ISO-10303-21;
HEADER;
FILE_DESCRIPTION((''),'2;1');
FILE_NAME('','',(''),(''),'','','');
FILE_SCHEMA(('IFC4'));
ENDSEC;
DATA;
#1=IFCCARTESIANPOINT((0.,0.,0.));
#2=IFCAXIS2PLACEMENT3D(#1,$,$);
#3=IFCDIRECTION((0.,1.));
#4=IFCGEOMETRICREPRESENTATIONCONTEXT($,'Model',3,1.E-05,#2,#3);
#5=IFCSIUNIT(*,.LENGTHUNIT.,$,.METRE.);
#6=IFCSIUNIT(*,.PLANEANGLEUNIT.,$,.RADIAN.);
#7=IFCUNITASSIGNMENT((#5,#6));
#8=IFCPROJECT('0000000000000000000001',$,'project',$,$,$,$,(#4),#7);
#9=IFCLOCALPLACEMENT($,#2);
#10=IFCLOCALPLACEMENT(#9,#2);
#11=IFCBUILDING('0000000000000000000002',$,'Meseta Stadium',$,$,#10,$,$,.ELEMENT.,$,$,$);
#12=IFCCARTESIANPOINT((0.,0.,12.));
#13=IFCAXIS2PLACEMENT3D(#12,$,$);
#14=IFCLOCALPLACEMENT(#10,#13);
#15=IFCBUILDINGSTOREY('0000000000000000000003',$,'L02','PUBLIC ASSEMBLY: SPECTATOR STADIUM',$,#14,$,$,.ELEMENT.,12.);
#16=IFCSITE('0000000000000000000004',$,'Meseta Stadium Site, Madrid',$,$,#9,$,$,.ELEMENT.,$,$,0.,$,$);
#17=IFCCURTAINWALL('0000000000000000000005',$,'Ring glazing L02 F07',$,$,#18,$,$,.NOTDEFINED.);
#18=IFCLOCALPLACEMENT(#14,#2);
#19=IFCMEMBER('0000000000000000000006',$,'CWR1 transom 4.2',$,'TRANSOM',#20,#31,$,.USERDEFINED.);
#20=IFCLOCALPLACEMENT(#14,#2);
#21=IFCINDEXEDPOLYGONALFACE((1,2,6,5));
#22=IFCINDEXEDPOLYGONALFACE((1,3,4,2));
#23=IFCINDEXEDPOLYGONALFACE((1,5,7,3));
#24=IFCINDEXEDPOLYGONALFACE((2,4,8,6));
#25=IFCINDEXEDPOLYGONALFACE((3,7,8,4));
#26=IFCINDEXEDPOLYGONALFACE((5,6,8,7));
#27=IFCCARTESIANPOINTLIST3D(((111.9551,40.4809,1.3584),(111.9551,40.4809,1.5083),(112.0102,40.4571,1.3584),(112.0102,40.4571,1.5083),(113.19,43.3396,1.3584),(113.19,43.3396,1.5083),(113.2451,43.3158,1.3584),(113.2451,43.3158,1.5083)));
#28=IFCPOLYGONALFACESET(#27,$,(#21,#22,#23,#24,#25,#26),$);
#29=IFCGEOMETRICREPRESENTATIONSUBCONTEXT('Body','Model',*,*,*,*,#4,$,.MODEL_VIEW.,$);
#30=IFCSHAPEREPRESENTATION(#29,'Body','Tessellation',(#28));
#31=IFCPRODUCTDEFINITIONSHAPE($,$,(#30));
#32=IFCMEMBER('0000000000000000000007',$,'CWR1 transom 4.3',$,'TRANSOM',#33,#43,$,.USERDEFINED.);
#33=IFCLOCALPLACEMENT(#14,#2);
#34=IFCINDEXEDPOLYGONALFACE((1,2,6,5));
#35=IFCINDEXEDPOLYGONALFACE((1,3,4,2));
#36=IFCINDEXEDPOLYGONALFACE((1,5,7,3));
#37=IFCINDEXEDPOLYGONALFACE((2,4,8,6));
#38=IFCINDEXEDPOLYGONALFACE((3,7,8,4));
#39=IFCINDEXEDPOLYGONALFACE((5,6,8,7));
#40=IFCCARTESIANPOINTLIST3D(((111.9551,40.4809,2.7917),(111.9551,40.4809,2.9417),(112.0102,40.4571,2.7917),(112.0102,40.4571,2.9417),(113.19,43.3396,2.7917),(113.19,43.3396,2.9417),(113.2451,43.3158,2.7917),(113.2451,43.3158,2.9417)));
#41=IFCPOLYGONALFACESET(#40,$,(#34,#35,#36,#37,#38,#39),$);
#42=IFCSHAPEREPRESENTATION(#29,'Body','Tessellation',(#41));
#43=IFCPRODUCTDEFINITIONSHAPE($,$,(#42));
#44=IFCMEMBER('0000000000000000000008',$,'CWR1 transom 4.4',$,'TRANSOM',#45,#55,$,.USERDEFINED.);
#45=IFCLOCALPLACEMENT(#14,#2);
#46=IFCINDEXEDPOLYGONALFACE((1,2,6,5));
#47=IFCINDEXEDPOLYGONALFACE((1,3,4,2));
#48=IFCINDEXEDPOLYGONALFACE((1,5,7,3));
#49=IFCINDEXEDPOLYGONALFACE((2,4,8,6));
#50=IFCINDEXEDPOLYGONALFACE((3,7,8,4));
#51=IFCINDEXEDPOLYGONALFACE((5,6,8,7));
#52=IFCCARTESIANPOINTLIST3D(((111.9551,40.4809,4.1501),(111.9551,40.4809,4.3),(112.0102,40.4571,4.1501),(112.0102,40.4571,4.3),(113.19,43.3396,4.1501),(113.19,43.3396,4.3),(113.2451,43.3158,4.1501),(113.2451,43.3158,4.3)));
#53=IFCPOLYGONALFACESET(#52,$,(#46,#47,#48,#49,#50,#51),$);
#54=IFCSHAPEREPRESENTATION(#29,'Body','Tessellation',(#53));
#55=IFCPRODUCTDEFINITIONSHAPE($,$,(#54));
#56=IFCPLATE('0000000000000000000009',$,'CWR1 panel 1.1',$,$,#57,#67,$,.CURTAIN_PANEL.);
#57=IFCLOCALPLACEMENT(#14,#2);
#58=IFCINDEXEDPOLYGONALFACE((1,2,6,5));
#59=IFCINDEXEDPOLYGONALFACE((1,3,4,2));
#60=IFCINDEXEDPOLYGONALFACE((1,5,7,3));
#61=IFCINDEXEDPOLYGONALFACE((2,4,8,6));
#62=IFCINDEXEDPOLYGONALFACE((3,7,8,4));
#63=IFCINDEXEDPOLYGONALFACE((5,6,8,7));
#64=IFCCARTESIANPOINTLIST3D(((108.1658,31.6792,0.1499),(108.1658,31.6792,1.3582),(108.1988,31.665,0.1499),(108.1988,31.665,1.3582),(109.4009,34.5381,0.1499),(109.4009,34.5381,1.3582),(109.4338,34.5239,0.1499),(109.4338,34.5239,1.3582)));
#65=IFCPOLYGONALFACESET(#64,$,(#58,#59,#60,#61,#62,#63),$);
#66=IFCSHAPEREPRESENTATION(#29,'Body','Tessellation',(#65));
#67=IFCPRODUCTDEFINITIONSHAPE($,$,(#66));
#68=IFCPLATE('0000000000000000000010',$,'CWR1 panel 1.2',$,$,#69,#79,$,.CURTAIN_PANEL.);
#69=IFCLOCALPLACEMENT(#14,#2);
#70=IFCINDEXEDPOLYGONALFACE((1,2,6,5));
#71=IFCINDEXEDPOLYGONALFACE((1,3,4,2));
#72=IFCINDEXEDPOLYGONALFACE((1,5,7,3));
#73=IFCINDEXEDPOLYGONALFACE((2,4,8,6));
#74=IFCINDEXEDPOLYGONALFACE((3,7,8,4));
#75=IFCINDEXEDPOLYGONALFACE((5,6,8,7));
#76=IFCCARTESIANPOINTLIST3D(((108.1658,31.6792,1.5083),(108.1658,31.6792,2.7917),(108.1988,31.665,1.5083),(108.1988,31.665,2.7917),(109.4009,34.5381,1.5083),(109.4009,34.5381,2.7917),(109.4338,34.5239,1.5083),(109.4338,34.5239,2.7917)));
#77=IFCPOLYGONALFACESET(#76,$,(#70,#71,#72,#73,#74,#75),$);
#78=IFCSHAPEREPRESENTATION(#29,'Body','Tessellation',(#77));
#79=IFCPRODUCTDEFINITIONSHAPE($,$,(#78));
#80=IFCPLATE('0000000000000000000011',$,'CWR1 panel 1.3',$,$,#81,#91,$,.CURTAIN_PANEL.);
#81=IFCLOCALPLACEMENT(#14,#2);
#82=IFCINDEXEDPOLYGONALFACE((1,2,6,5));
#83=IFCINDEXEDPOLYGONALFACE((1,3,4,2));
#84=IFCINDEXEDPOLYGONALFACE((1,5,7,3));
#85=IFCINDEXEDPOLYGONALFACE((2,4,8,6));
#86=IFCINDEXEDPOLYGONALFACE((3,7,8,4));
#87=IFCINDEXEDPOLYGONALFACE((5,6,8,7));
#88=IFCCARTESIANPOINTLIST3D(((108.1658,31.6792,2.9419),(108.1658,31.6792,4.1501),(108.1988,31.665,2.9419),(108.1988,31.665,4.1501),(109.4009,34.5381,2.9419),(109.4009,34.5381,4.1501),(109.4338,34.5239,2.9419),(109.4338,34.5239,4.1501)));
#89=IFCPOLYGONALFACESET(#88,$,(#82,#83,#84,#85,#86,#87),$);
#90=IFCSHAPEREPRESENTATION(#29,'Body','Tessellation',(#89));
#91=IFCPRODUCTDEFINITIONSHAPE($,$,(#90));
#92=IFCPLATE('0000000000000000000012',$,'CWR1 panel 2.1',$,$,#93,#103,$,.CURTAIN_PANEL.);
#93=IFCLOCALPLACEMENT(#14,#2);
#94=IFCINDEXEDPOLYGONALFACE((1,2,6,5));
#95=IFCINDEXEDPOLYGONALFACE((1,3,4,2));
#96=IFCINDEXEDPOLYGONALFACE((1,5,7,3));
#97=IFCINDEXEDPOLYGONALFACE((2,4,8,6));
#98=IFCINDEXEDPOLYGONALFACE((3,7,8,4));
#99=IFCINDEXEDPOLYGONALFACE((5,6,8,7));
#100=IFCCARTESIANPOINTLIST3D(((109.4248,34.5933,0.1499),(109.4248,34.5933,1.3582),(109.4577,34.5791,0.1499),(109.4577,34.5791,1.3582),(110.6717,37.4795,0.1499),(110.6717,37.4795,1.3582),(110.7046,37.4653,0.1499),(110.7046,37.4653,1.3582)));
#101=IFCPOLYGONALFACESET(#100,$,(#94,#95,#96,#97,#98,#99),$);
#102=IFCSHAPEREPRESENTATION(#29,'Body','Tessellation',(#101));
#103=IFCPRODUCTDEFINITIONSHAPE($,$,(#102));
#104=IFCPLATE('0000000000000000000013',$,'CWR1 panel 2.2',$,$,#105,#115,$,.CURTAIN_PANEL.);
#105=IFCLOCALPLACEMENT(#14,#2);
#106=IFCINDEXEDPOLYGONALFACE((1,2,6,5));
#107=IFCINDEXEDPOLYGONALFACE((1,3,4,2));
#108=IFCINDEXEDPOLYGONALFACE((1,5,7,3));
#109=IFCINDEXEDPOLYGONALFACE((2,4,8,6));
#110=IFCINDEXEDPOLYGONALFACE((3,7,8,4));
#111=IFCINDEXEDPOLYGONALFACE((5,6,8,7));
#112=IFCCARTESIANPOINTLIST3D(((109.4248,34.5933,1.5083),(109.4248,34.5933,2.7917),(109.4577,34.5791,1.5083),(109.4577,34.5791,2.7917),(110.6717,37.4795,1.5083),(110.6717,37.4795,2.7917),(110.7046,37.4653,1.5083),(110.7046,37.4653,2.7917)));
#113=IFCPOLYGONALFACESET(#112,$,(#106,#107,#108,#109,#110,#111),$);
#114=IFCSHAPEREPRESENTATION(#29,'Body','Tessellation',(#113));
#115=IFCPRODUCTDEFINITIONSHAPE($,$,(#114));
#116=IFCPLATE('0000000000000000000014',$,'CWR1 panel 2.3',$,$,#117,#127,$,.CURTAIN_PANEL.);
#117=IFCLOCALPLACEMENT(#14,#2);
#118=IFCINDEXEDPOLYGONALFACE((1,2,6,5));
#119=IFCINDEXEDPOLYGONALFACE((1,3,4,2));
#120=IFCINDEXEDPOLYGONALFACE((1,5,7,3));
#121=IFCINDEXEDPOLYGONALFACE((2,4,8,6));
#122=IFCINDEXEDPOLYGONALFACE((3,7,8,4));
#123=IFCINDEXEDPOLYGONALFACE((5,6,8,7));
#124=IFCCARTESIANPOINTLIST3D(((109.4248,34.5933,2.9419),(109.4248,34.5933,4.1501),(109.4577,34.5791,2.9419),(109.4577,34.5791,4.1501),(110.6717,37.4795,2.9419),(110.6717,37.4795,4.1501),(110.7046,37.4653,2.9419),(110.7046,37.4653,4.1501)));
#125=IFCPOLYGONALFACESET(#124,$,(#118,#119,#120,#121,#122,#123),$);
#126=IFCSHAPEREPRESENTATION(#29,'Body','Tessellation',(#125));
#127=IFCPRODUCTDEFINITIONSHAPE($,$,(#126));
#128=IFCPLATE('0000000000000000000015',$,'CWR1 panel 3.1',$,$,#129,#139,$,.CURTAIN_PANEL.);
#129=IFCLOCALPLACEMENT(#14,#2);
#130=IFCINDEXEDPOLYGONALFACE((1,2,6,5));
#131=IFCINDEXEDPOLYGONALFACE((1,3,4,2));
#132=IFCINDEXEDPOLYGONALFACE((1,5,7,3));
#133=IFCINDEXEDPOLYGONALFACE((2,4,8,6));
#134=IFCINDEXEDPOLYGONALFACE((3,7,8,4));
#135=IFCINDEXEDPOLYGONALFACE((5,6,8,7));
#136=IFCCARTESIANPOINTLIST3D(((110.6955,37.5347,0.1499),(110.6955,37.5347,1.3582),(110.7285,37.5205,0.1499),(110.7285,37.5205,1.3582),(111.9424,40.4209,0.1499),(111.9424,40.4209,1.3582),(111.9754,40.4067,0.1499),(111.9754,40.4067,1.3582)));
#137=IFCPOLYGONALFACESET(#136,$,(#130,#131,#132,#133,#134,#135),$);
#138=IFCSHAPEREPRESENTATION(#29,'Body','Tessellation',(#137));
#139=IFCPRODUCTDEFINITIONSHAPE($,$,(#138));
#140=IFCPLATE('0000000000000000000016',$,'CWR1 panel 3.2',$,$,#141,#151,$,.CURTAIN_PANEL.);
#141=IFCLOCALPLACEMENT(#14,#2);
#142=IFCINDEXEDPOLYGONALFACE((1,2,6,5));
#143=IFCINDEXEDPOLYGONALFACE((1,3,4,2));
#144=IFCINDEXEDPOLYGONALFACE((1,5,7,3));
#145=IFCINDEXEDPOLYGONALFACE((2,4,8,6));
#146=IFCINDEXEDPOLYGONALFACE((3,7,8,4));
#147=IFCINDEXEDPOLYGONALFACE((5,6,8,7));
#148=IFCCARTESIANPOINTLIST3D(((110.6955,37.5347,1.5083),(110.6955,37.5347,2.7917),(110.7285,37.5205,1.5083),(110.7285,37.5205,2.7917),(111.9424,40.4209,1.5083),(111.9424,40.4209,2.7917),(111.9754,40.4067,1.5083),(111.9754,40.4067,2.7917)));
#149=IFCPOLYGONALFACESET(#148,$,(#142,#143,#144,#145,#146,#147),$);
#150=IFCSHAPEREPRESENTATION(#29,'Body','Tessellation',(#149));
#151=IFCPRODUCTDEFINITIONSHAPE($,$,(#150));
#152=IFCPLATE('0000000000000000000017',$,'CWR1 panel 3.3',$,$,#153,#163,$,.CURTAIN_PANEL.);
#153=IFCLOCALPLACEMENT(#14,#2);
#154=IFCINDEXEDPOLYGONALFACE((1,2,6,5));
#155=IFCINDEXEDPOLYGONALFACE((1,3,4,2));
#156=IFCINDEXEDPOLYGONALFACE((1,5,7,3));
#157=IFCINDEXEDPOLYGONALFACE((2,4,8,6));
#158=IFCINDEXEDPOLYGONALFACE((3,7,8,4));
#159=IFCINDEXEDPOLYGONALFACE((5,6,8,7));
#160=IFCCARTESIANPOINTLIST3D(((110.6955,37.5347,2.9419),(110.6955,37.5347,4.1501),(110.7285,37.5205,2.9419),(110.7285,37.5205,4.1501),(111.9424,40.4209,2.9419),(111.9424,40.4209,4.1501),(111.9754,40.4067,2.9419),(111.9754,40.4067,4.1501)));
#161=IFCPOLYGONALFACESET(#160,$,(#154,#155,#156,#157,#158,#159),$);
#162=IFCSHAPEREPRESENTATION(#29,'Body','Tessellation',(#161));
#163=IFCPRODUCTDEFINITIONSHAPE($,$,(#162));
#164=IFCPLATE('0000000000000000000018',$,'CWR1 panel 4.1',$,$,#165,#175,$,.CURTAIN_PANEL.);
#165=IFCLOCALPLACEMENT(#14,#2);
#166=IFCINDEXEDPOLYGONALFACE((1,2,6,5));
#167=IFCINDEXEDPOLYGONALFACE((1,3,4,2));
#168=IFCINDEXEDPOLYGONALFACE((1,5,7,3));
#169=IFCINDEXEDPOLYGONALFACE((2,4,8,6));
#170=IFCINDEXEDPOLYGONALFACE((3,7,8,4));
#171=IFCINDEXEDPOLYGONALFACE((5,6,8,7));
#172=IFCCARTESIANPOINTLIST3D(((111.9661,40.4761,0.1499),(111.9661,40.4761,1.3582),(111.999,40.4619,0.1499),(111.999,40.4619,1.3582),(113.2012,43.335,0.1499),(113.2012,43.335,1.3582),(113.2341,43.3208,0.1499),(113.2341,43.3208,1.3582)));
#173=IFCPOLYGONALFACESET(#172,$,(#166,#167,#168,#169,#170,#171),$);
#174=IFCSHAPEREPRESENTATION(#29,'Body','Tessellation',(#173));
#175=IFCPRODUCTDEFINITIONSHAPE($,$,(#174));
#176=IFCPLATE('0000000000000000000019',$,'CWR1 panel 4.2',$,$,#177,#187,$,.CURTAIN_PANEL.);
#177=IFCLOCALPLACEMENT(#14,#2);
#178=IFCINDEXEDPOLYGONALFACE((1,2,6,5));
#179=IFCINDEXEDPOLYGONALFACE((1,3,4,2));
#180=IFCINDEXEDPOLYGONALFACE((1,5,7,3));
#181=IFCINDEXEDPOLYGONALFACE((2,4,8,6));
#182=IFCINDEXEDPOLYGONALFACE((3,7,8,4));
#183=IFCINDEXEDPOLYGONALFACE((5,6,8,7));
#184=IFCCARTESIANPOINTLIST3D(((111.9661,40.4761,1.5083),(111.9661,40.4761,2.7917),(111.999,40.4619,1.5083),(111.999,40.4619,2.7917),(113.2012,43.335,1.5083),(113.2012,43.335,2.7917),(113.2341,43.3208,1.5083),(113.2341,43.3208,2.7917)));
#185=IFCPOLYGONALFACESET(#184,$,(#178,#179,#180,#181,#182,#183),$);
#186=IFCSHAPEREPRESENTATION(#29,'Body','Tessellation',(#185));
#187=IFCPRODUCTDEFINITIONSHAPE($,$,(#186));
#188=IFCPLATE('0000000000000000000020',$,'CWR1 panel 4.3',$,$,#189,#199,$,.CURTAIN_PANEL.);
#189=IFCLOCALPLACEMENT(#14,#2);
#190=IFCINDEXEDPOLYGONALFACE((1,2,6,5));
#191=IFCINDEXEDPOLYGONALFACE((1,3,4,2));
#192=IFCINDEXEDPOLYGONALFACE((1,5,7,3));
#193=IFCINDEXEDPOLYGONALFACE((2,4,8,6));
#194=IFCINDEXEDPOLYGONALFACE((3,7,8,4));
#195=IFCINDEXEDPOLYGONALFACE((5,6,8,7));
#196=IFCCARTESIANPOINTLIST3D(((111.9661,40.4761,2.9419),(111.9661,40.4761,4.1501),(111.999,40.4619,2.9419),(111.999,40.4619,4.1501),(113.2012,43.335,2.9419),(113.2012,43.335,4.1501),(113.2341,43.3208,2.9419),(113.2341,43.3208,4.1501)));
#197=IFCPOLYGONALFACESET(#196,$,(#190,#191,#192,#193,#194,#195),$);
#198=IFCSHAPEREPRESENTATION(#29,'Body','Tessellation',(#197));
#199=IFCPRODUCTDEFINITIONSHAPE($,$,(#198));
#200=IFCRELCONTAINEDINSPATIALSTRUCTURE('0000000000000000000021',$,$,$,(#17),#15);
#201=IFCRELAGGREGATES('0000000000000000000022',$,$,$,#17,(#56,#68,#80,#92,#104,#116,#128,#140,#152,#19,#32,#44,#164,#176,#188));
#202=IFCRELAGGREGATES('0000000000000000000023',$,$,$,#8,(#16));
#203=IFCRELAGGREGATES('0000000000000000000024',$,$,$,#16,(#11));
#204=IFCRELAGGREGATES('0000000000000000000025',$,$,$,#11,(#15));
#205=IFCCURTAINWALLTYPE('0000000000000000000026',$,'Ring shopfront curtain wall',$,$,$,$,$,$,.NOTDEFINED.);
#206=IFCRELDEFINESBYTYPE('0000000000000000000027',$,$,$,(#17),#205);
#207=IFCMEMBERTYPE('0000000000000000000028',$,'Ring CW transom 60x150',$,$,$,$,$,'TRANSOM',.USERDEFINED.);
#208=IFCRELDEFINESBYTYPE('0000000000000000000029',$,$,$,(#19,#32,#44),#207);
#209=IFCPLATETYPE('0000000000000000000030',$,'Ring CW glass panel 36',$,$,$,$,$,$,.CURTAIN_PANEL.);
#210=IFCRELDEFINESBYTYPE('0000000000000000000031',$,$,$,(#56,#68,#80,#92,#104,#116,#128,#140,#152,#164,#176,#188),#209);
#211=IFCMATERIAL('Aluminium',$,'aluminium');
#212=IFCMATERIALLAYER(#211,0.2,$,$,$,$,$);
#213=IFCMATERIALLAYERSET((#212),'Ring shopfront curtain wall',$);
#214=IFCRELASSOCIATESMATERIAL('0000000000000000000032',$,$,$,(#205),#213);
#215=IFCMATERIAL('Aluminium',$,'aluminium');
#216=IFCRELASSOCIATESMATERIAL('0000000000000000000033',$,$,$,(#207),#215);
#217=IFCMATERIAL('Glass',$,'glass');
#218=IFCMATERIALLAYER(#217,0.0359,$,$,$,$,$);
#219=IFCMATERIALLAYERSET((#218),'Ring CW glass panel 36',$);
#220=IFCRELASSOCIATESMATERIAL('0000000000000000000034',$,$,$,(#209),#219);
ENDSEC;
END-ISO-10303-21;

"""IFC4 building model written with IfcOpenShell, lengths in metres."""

from ifc_helpers import new_model, si_unit, direction, frame, origin, origin_2d, place, context, subcontext, project, spatial, rectangle, extrude, material, layer, layer_set, material_profile, profile_set, type_object, element, aggregate, save


model = new_model("IFC4")

# Units and contexts
model_context = context("Model", 3, precision=1e-05, world=origin(), true_north=direction((0.0, 1.0)))
body_context = subcontext(model_context, "Body", "Model", "MODEL_VIEW")
ifc_project = project(units=[si_unit("LENGTHUNIT", "METRE"), si_unit("PLANEANGLEUNIT", "RADIAN")], contexts=[model_context])

# Site, building, storey
site_placement = place(None, origin())
site = spatial("IfcSite", under=ifc_project, at=site_placement, Name="Meseta Stadium Site, Madrid", CompositionType="ELEMENT", RefElevation=0.0)
building_placement = place(site_placement, origin())
building = spatial("IfcBuilding", under=site, at=building_placement, Name="Meseta Stadium", CompositionType="ELEMENT")
storey_placement = place(building_placement, frame((0.0, 0.0, 12.0)))
storey = spatial("IfcBuildingStorey", under=building, at=storey_placement, Name="L02", Description="PUBLIC ASSEMBLY: SPECTATOR STADIUM", CompositionType="ELEMENT", Elevation=12.0)

# Curtain wall, members, plates
ifc_material_1 = material(Name="Aluminium", Category="aluminium")
ifc_layer_1 = layer(ifc_material_1, 0.2)
ifc_layer_set_1 = layer_set([ifc_layer_1], Name="Ring shopfront curtain wall")
curtain_wall_type = type_object("IfcCurtainWallType", Name="Ring shopfront curtain wall", PredefinedType="NOTDEFINED", material=ifc_layer_set_1)
curtain_wall_placement = place(storey_placement, origin())
curtain_wall = element("IfcCurtainWall", 1, at=curtain_wall_placement, inside=storey, type_object=curtain_wall_type, Name="Ring glazing L02 F07", PredefinedType="NOTDEFINED")
ifc_material_2 = material(Name="Aluminium", Category="aluminium")
ifc_material_profile_1 = material_profile(ifc_material_2, rectangle(XDim=0.0601, YDim=0.1499, at=origin_2d()), Name="CW 60x150")
ifc_profile_set_1 = profile_set([ifc_material_profile_1], Name="Aluminium")
member_type_1 = type_object("IfcMemberType", Name="Ring CW transom 60x150", ElementType="TRANSOM", PredefinedType="USERDEFINED", material=ifc_profile_set_1)
member_1_placement = place(storey_placement, frame((111.9827, 40.469, 1.4333), z_axis=(0.396558, 0.91801, 0.0), x_axis=(-0.91801, 0.396558, 0.0)))
member_1 = element("IfcMember", 2, at=member_1_placement, type_object=member_type_1, Name="CWR1 transom 4.2", ObjectType="TRANSOM", PredefinedType="USERDEFINED", context=body_context, shape_type="SweptSolid", body=[
    extrude(rectangle(XDim=0.0601, YDim=0.1499, at=origin_2d()), origin(), (0.0, 0.0, 1.0), 3.114),
])
member_2_placement = place(storey_placement, frame((111.9827, 40.469, 2.8667), z_axis=(0.396558, 0.91801, 0.0), x_axis=(-0.91801, 0.396558, 0.0)))
member_2 = element("IfcMember", 3, at=member_2_placement, type_object=member_type_1, Name="CWR1 transom 4.3", ObjectType="TRANSOM", PredefinedType="USERDEFINED", context=body_context, shape_type="SweptSolid", body=[
    extrude(rectangle(XDim=0.0601, YDim=0.1499, at=origin_2d()), origin(), (0.0, 0.0, 1.0), 3.114),
])
member_3_placement = place(storey_placement, frame((111.9827, 40.469, 4.2251), z_axis=(0.396558, 0.91801, 0.0), x_axis=(-0.91801, 0.396558, 0.0)))
member_3 = element("IfcMember", 4, at=member_3_placement, type_object=member_type_1, Name="CWR1 transom 4.4", ObjectType="TRANSOM", PredefinedType="USERDEFINED", context=body_context, shape_type="SweptSolid", body=[
    extrude(rectangle(XDim=0.0601, YDim=0.1499, at=origin_2d()), origin(), (0.0, 0.0, 1.0), 3.114),
])
ifc_material_3 = material(Name="Glass", Category="glass")
ifc_layer_2 = layer(ifc_material_3, 0.0359)
ifc_layer_set_2 = layer_set([ifc_layer_2], Name="Ring CW glass panel 36")
plate_type_1 = type_object("IfcPlateType", Name="Ring CW glass panel 36", PredefinedType="CURTAIN_PANEL", material=ifc_layer_set_2)
plate_1_placement = place(storey_placement, frame((108.7998, 33.1016, 0.1499), z_axis=(0.0, 0.0, 1.0), x_axis=(0.396581, 0.918, 0.0)))
plate_1 = element("IfcPlate", 5, at=plate_1_placement, type_object=plate_type_1, Name="CWR1 panel 1.1", PredefinedType="CURTAIN_PANEL", context=body_context, shape_type="SweptSolid", body=[
    extrude(rectangle(XDim=3.1143, YDim=0.0359, at=origin_2d()), origin(), (0.0, 0.0, 1.0), 1.2083),
])
plate_2_placement = place(storey_placement, frame((108.7998, 33.1016, 1.5083), z_axis=(0.0, 0.0, 1.0), x_axis=(0.396581, 0.918, 0.0)))
plate_2 = element("IfcPlate", 6, at=plate_2_placement, type_object=plate_type_1, Name="CWR1 panel 1.2", PredefinedType="CURTAIN_PANEL", context=body_context, shape_type="SweptSolid", body=[
    extrude(rectangle(XDim=3.1143, YDim=0.0359, at=origin_2d()), origin(), (0.0, 0.0, 1.0), 1.2834),
])
plate_3_placement = place(storey_placement, frame((108.7998, 33.1016, 2.9419), z_axis=(0.0, 0.0, 1.0), x_axis=(0.396581, 0.918, 0.0)))
plate_3 = element("IfcPlate", 7, at=plate_3_placement, type_object=plate_type_1, Name="CWR1 panel 1.3", PredefinedType="CURTAIN_PANEL", context=body_context, shape_type="SweptSolid", body=[
    extrude(rectangle(XDim=3.1143, YDim=0.0359, at=origin_2d()), origin(), (0.0, 0.0, 1.0), 1.2083),
])
plate_4_placement = place(storey_placement, frame((110.0647, 36.0293, 0.1499), z_axis=(0.0, 0.0, 1.0), x_axis=(0.396581, 0.918, 0.0)))
plate_4 = element("IfcPlate", 8, at=plate_4_placement, type_object=plate_type_1, Name="CWR1 panel 2.1", PredefinedType="CURTAIN_PANEL", context=body_context, shape_type="SweptSolid", body=[
    extrude(rectangle(XDim=3.144, YDim=0.0359, at=origin_2d()), origin(), (0.0, 0.0, 1.0), 1.2083),
])
plate_5_placement = place(storey_placement, frame((110.0647, 36.0293, 1.5083), z_axis=(0.0, 0.0, 1.0), x_axis=(0.396581, 0.918, 0.0)))
plate_5 = element("IfcPlate", 9, at=plate_5_placement, type_object=plate_type_1, Name="CWR1 panel 2.2", PredefinedType="CURTAIN_PANEL", context=body_context, shape_type="SweptSolid", body=[
    extrude(rectangle(XDim=3.144, YDim=0.0359, at=origin_2d()), origin(), (0.0, 0.0, 1.0), 1.2834),
])
plate_6_placement = place(storey_placement, frame((110.0647, 36.0293, 2.9419), z_axis=(0.0, 0.0, 1.0), x_axis=(0.396581, 0.918, 0.0)))
plate_6 = element("IfcPlate", 10, at=plate_6_placement, type_object=plate_type_1, Name="CWR1 panel 2.3", PredefinedType="CURTAIN_PANEL", context=body_context, shape_type="SweptSolid", body=[
    extrude(rectangle(XDim=3.144, YDim=0.0359, at=origin_2d()), origin(), (0.0, 0.0, 1.0), 1.2083),
])
plate_7_placement = place(storey_placement, frame((111.3354, 38.9707, 0.1499), z_axis=(0.0, 0.0, 1.0), x_axis=(0.396581, 0.918, 0.0)))
plate_7 = element("IfcPlate", 11, at=plate_7_placement, type_object=plate_type_1, Name="CWR1 panel 3.1", PredefinedType="CURTAIN_PANEL", context=body_context, shape_type="SweptSolid", body=[
    extrude(rectangle(XDim=3.144, YDim=0.0359, at=origin_2d()), origin(), (0.0, 0.0, 1.0), 1.2083),
])
plate_8_placement = place(storey_placement, frame((111.3354, 38.9707, 1.5083), z_axis=(0.0, 0.0, 1.0), x_axis=(0.396581, 0.918, 0.0)))
plate_8 = element("IfcPlate", 12, at=plate_8_placement, type_object=plate_type_1, Name="CWR1 panel 3.2", PredefinedType="CURTAIN_PANEL", context=body_context, shape_type="SweptSolid", body=[
    extrude(rectangle(XDim=3.144, YDim=0.0359, at=origin_2d()), origin(), (0.0, 0.0, 1.0), 1.2834),
])
plate_9_placement = place(storey_placement, frame((111.3354, 38.9707, 2.9419), z_axis=(0.0, 0.0, 1.0), x_axis=(0.396581, 0.918, 0.0)))
plate_9 = element("IfcPlate", 13, at=plate_9_placement, type_object=plate_type_1, Name="CWR1 panel 3.3", PredefinedType="CURTAIN_PANEL", context=body_context, shape_type="SweptSolid", body=[
    extrude(rectangle(XDim=3.144, YDim=0.0359, at=origin_2d()), origin(), (0.0, 0.0, 1.0), 1.2083),
])
plate_10_placement = place(storey_placement, frame((112.6001, 41.8984, 0.1499), z_axis=(0.0, 0.0, 1.0), x_axis=(0.396581, 0.918, 0.0)))
plate_10 = element("IfcPlate", 14, at=plate_10_placement, type_object=plate_type_1, Name="CWR1 panel 4.1", PredefinedType="CURTAIN_PANEL", context=body_context, shape_type="SweptSolid", body=[
    extrude(rectangle(XDim=3.1143, YDim=0.0359, at=origin_2d()), origin(), (0.0, 0.0, 1.0), 1.2083),
])
plate_11_placement = place(storey_placement, frame((112.6001, 41.8984, 1.5083), z_axis=(0.0, 0.0, 1.0), x_axis=(0.396581, 0.918, 0.0)))
plate_11 = element("IfcPlate", 15, at=plate_11_placement, type_object=plate_type_1, Name="CWR1 panel 4.2", PredefinedType="CURTAIN_PANEL", context=body_context, shape_type="SweptSolid", body=[
    extrude(rectangle(XDim=3.1143, YDim=0.0359, at=origin_2d()), origin(), (0.0, 0.0, 1.0), 1.2834),
])
plate_12_placement = place(storey_placement, frame((112.6001, 41.8984, 2.9419), z_axis=(0.0, 0.0, 1.0), x_axis=(0.396581, 0.918, 0.0)))
plate_12 = element("IfcPlate", 16, at=plate_12_placement, type_object=plate_type_1, Name="CWR1 panel 4.3", PredefinedType="CURTAIN_PANEL", context=body_context, shape_type="SweptSolid", body=[
    extrude(rectangle(XDim=3.1143, YDim=0.0359, at=origin_2d()), origin(), (0.0, 0.0, 1.0), 1.2083),
])
aggregate(curtain_wall, [plate_1, plate_2, plate_3, plate_4, plate_5, plate_6, plate_7, plate_8, plate_9, member_1, member_2, member_3, plate_10, plate_11, plate_12])

save(model, "model.ifc")
